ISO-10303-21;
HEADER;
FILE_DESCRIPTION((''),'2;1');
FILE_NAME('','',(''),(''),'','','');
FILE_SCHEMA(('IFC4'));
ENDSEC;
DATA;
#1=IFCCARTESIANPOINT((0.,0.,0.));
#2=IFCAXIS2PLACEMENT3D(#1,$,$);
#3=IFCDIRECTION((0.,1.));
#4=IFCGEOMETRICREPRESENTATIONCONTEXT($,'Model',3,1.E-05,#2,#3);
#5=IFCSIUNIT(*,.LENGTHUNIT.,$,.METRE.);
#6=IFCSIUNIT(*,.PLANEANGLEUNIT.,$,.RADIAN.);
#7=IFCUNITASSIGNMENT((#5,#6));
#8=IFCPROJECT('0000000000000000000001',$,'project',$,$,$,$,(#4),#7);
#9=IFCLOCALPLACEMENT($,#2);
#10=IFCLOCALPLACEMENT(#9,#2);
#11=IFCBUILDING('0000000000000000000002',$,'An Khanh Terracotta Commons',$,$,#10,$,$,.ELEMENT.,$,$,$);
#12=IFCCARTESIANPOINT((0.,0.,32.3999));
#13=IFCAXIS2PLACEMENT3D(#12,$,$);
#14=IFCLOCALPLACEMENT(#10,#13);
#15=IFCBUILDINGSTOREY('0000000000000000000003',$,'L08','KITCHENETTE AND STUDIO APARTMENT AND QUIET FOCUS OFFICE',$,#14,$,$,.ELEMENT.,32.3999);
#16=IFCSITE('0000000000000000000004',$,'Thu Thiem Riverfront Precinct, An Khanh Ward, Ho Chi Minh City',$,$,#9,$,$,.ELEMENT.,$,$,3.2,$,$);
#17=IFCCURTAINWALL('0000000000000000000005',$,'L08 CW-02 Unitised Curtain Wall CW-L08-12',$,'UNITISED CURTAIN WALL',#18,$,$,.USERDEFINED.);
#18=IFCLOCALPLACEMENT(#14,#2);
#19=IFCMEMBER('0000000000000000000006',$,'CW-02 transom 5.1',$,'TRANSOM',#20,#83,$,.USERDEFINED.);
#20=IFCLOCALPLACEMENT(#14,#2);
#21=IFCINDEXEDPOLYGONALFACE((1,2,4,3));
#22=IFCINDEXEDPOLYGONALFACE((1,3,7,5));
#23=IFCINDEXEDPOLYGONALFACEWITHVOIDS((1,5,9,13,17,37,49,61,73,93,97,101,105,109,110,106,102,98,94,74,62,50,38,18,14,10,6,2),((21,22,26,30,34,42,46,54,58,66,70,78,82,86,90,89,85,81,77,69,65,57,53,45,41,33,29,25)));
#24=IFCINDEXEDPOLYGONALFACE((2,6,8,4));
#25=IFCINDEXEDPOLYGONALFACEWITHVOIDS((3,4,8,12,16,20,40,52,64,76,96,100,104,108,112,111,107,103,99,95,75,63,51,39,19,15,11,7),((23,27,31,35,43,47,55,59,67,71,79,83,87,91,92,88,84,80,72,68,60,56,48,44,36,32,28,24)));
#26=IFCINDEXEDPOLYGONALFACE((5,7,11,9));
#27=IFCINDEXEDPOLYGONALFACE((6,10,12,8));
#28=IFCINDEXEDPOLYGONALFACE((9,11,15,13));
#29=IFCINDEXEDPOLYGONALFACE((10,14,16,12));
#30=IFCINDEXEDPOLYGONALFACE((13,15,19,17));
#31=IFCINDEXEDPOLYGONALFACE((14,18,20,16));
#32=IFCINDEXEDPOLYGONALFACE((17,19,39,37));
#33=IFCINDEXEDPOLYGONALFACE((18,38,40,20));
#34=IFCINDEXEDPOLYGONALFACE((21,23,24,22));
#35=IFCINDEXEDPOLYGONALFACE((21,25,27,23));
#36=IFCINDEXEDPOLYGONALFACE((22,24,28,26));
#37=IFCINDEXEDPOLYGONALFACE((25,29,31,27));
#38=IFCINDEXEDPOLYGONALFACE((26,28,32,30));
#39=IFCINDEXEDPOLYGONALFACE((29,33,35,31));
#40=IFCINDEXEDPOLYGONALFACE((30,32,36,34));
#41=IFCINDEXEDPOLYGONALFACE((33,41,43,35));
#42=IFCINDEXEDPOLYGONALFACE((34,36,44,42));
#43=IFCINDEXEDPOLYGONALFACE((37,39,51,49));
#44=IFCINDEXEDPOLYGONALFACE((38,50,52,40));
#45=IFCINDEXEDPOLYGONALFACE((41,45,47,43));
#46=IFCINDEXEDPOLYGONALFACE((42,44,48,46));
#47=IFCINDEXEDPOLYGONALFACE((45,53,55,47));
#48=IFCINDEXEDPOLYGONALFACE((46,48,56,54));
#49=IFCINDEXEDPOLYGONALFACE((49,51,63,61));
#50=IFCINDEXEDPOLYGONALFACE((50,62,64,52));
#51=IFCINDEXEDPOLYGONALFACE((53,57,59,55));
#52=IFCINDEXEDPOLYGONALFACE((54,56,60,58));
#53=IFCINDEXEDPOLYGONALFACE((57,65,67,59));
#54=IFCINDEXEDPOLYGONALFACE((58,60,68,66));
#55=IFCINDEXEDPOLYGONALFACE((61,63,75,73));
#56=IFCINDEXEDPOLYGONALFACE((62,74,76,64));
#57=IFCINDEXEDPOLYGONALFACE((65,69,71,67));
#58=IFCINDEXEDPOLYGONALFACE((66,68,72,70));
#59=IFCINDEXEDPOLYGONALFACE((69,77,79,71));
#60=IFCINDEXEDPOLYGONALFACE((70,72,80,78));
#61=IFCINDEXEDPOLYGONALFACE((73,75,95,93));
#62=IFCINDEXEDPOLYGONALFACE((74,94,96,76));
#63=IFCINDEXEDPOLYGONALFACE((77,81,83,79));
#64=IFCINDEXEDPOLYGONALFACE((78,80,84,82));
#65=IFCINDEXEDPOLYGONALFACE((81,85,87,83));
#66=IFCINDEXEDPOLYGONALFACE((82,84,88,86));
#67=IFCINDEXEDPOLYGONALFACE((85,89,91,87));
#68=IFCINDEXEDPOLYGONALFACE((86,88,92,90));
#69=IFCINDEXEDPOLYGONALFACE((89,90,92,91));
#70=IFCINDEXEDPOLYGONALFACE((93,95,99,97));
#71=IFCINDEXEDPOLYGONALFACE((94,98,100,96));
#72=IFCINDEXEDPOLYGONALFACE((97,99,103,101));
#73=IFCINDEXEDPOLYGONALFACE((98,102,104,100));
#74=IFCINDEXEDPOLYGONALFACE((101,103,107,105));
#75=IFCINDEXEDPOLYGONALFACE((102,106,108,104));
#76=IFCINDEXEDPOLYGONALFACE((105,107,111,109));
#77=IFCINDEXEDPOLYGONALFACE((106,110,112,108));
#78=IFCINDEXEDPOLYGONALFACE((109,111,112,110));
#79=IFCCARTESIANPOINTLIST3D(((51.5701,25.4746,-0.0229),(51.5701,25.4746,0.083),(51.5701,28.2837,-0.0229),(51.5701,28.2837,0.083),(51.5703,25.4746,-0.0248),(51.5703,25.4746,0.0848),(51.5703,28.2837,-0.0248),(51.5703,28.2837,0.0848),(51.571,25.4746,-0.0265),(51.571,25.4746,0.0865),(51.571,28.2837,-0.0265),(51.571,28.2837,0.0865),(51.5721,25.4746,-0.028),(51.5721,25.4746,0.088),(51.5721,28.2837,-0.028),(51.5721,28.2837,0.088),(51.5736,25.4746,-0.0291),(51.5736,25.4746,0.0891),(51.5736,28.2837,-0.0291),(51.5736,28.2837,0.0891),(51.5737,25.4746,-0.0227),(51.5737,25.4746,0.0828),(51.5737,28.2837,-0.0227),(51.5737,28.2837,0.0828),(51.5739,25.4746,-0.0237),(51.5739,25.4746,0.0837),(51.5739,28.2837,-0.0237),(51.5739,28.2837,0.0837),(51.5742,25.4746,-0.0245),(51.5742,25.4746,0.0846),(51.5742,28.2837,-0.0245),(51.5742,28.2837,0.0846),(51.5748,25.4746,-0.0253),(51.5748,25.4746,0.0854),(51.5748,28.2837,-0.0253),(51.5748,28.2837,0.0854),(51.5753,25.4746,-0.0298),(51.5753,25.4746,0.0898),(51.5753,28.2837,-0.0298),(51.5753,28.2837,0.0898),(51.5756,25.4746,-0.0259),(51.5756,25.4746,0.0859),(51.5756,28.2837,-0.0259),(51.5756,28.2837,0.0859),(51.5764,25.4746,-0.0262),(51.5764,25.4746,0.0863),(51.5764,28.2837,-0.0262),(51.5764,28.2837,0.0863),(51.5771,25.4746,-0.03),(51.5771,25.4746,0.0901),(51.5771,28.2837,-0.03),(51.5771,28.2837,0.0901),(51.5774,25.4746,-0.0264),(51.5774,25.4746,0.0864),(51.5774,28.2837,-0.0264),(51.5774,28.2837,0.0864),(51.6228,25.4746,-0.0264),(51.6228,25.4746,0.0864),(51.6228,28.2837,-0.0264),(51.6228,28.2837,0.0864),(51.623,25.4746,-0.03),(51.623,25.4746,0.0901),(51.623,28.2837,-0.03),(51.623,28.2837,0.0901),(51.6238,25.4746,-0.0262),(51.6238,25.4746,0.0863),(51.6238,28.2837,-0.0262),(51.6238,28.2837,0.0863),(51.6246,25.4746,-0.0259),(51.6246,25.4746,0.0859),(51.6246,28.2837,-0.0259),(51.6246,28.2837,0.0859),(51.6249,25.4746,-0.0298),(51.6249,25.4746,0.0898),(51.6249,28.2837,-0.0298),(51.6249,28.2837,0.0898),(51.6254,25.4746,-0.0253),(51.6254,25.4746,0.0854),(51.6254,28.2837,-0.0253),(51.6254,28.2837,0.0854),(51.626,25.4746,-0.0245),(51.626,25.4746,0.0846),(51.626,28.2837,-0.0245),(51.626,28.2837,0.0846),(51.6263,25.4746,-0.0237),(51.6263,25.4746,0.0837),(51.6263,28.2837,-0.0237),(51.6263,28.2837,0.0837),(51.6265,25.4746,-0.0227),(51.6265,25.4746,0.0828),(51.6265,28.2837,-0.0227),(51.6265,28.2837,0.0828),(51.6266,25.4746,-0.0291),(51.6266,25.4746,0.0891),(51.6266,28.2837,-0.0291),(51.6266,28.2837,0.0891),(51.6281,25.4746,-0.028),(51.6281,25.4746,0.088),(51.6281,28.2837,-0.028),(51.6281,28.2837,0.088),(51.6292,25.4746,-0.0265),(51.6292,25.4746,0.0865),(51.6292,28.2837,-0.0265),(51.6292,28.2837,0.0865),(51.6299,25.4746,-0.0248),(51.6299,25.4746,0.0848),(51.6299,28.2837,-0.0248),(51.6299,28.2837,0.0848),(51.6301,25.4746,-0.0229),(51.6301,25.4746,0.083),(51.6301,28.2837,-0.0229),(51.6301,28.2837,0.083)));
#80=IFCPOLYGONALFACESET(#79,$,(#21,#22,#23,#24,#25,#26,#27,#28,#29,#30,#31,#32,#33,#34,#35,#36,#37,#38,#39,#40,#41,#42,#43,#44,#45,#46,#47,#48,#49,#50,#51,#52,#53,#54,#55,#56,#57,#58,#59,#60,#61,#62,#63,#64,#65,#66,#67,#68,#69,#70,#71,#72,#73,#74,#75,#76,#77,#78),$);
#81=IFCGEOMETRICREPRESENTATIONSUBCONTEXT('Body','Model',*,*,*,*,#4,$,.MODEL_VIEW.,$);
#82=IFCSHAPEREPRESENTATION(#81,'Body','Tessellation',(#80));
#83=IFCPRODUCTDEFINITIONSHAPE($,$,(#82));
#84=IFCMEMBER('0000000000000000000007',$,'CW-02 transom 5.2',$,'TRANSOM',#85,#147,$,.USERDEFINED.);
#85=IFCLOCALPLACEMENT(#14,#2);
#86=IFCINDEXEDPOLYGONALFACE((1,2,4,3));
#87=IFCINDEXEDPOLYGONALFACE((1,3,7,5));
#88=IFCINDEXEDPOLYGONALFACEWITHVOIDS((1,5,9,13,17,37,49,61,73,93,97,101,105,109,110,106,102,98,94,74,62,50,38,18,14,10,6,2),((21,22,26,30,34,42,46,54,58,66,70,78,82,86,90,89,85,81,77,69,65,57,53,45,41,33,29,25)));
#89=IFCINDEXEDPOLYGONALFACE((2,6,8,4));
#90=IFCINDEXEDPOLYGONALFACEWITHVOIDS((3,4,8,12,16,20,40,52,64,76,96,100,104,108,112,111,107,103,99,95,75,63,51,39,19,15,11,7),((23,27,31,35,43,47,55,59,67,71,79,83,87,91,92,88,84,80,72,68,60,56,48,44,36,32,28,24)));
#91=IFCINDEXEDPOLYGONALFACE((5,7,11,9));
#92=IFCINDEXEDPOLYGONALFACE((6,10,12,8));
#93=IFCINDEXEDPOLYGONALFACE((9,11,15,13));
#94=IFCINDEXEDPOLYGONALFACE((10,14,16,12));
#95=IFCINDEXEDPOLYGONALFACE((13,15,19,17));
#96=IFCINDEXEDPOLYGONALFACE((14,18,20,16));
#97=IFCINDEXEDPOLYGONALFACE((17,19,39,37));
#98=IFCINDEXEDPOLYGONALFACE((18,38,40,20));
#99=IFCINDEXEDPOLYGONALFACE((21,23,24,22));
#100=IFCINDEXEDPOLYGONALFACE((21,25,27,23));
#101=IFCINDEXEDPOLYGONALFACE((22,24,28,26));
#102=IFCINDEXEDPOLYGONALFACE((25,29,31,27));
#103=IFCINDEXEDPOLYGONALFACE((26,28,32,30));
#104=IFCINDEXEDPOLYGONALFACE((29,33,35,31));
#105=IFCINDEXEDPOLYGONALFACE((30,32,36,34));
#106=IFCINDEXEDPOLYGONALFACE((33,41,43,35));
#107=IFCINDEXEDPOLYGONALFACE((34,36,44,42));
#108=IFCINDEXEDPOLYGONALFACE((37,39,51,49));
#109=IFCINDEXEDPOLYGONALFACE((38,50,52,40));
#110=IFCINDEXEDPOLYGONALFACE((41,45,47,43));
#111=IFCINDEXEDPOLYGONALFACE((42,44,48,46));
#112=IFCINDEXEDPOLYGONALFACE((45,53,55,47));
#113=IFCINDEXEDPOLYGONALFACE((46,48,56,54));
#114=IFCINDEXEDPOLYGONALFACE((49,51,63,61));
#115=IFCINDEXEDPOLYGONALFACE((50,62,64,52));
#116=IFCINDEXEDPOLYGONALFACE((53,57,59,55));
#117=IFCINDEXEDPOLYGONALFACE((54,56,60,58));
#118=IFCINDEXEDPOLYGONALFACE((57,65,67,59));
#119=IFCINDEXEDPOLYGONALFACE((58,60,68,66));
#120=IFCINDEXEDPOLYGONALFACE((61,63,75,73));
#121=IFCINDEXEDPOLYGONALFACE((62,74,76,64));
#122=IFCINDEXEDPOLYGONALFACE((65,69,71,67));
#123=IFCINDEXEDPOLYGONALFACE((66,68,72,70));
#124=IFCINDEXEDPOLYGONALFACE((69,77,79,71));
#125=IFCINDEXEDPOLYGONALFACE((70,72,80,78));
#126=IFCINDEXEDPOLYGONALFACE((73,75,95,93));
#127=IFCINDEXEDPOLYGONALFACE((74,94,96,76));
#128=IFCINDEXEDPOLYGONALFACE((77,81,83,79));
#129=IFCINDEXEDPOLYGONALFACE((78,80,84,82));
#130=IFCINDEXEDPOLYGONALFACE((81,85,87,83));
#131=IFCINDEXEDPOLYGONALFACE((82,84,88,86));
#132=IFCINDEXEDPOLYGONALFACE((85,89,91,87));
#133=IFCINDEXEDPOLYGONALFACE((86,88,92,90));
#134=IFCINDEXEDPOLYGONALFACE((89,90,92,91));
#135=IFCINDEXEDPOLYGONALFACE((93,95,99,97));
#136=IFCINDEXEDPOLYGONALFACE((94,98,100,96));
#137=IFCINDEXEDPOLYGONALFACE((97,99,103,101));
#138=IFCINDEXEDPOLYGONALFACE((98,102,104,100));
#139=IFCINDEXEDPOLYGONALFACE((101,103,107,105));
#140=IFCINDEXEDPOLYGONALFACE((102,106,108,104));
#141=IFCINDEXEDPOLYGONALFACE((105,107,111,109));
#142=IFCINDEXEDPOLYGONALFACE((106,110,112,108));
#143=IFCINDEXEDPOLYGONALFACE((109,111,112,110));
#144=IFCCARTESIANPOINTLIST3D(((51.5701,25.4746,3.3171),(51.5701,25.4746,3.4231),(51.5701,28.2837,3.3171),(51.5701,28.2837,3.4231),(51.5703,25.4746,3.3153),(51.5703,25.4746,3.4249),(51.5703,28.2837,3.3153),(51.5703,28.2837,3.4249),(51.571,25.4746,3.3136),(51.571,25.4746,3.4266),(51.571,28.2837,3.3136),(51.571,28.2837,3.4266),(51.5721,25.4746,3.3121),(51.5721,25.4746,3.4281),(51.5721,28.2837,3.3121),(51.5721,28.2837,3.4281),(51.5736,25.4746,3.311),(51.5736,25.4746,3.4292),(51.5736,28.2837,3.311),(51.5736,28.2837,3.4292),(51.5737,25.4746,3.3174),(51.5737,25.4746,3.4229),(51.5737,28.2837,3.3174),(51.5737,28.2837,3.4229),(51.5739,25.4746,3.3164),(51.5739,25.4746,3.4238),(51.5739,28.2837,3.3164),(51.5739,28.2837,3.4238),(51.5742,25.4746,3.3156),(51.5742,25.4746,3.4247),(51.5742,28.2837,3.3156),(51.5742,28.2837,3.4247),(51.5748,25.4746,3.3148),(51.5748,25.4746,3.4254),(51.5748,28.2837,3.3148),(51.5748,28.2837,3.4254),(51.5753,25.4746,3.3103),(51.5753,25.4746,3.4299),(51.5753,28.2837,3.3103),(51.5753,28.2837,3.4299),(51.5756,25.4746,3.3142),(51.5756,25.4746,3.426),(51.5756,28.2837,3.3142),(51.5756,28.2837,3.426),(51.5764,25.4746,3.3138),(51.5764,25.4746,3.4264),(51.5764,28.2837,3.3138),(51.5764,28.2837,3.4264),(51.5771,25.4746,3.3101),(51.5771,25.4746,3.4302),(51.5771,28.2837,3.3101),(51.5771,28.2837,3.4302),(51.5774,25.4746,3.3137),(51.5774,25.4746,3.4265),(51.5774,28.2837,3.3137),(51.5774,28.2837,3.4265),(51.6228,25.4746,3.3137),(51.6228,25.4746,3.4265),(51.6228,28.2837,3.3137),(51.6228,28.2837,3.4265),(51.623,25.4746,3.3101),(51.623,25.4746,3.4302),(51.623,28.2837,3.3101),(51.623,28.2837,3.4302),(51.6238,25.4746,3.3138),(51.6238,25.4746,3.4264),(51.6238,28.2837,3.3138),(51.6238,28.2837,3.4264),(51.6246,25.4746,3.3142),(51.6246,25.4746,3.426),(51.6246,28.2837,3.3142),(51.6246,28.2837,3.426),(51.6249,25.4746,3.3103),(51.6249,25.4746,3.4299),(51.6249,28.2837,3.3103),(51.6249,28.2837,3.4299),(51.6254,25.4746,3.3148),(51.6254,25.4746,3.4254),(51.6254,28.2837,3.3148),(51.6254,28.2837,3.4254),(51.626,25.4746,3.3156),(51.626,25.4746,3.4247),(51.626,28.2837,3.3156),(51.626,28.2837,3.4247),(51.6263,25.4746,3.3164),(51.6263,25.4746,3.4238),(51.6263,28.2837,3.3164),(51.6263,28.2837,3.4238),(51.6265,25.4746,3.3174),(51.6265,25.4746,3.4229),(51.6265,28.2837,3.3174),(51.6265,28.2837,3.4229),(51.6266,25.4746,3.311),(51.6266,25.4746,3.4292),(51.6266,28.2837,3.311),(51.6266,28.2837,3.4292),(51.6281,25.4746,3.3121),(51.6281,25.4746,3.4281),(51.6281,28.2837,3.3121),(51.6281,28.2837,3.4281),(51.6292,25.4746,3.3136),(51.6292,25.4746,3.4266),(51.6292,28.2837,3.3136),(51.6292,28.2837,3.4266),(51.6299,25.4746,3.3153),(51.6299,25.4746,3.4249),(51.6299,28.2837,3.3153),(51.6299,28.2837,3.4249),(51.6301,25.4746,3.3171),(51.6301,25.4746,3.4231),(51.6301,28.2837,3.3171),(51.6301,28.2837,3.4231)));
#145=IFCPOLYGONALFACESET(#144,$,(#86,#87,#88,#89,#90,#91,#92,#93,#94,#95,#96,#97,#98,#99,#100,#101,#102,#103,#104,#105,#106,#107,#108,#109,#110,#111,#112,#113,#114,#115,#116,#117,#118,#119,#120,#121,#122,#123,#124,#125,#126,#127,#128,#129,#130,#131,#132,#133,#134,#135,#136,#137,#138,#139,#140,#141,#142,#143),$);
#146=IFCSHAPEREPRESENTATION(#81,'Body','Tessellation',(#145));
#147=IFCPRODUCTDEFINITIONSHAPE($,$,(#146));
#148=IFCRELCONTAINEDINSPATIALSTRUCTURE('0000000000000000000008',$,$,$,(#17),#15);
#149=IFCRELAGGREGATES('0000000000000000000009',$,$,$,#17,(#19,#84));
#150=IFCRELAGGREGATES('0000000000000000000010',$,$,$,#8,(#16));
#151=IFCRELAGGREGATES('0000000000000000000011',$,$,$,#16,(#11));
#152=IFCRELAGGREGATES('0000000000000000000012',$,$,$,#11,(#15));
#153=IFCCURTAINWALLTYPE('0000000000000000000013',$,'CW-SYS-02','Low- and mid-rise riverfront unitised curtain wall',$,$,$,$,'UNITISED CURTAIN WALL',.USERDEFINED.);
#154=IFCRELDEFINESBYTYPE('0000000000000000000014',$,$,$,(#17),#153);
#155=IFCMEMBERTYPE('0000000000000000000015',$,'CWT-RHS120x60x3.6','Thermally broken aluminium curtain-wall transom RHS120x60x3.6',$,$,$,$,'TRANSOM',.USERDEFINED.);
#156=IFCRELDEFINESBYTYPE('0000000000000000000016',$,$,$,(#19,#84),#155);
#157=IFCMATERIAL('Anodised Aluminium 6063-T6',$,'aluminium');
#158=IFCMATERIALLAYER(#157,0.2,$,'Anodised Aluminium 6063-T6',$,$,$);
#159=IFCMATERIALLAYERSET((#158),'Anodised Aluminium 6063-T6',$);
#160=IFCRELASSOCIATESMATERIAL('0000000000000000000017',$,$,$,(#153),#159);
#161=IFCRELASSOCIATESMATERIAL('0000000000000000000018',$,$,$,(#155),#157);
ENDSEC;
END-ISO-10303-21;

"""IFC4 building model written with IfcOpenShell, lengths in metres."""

from ifc_helpers import new_model, si_unit, direction, frame, origin, origin_2d, place, context, subcontext, project, spatial, hollow_rectangle, extrude, material, layer, layer_set, material_profile, profile_set, type_object, element, aggregate, save


model = new_model("IFC4")

# Units and contexts
model_context = context("Model", 3, precision=1e-05, world=origin(), true_north=direction((0.0, 1.0)))
body_context = subcontext(model_context, "Body", "Model", "MODEL_VIEW")
ifc_project = project(units=[si_unit("LENGTHUNIT", "METRE"), si_unit("PLANEANGLEUNIT", "RADIAN")], contexts=[model_context])

# Site, building, storey
site_placement = place(None, origin())
site = spatial("IfcSite", under=ifc_project, at=site_placement, Name="Thu Thiem Riverfront Precinct, An Khanh Ward, Ho Chi Minh City", CompositionType="ELEMENT", RefElevation=3.2)
building_placement = place(site_placement, origin())
building = spatial("IfcBuilding", under=site, at=building_placement, Name="An Khanh Terracotta Commons", CompositionType="ELEMENT")
storey_placement = place(building_placement, frame((0.0, 0.0, 32.3999)))
storey = spatial("IfcBuildingStorey", under=building, at=storey_placement, Name="L08", Description="KITCHENETTE AND STUDIO APARTMENT AND QUIET FOCUS OFFICE", CompositionType="ELEMENT", Elevation=32.3999)

# Curtain wall, members
ifc_material_1 = material(Name="Anodised Aluminium 6063-T6", Category="aluminium")
ifc_layer_1 = layer(ifc_material_1, 0.2, Name="Anodised Aluminium 6063-T6")
ifc_layer_set_1 = layer_set([ifc_layer_1], Name="Anodised Aluminium 6063-T6")
curtain_wall_type = type_object("IfcCurtainWallType", Name="CW-SYS-02", Description="Low- and mid-rise riverfront unitised curtain wall", ElementType="UNITISED CURTAIN WALL", PredefinedType="USERDEFINED", material=ifc_layer_set_1)
curtain_wall_placement = place(storey_placement, origin())
curtain_wall = element("IfcCurtainWall", 1, at=curtain_wall_placement, inside=storey, type_object=curtain_wall_type, Name="L08 CW-02 Unitised Curtain Wall CW-L08-12", ObjectType="UNITISED CURTAIN WALL", PredefinedType="USERDEFINED")
ifc_material_profile_1 = material_profile(ifc_material_1, hollow_rectangle(XDim=0.0601, YDim=0.1201, WallThickness=0.0037, InnerFilletRadius=0.0037, OuterFilletRadius=0.0071, at=origin_2d()), Name="RHS120x60x3.6")
ifc_profile_set_1 = profile_set([ifc_material_profile_1], Name="Anodised Aluminium 6063-T6")
member_type_1 = type_object("IfcMemberType", Name="CWT-RHS120x60x3.6", Description="Thermally broken aluminium curtain-wall transom RHS120x60x3.6", ElementType="TRANSOM", PredefinedType="USERDEFINED", material=ifc_profile_set_1)
member_1_placement = place(storey_placement, frame((51.6001, 25.4746, 0.03), z_axis=(0.0, 1.0, 0.0), x_axis=(-1.0, 0.0, 0.0)))
member_1 = element("IfcMember", 2, at=member_1_placement, type_object=member_type_1, Name="CW-02 transom 5.1", ObjectType="TRANSOM", PredefinedType="USERDEFINED", context=body_context, shape_type="SweptSolid", body=[
    extrude(hollow_rectangle(XDim=0.0601, YDim=0.1201, WallThickness=0.0037, InnerFilletRadius=0.0037, OuterFilletRadius=0.0071, at=origin_2d()), origin(), (0.0, 0.0, 1.0), 2.8091),
])
member_2_placement = place(storey_placement, frame((51.6001, 25.4746, 3.3701), z_axis=(0.0, 1.0, 0.0), x_axis=(-1.0, 0.0, 0.0)))
member_2 = element("IfcMember", 3, at=member_2_placement, type_object=member_type_1, Name="CW-02 transom 5.2", ObjectType="TRANSOM", PredefinedType="USERDEFINED", context=body_context, shape_type="SweptSolid", body=[
    extrude(hollow_rectangle(XDim=0.0601, YDim=0.1201, WallThickness=0.0037, InnerFilletRadius=0.0037, OuterFilletRadius=0.0071, at=origin_2d()), origin(), (0.0, 0.0, 1.0), 2.8091),
])
aggregate(curtain_wall, [member_1, member_2])

save(model, "model.ifc")
